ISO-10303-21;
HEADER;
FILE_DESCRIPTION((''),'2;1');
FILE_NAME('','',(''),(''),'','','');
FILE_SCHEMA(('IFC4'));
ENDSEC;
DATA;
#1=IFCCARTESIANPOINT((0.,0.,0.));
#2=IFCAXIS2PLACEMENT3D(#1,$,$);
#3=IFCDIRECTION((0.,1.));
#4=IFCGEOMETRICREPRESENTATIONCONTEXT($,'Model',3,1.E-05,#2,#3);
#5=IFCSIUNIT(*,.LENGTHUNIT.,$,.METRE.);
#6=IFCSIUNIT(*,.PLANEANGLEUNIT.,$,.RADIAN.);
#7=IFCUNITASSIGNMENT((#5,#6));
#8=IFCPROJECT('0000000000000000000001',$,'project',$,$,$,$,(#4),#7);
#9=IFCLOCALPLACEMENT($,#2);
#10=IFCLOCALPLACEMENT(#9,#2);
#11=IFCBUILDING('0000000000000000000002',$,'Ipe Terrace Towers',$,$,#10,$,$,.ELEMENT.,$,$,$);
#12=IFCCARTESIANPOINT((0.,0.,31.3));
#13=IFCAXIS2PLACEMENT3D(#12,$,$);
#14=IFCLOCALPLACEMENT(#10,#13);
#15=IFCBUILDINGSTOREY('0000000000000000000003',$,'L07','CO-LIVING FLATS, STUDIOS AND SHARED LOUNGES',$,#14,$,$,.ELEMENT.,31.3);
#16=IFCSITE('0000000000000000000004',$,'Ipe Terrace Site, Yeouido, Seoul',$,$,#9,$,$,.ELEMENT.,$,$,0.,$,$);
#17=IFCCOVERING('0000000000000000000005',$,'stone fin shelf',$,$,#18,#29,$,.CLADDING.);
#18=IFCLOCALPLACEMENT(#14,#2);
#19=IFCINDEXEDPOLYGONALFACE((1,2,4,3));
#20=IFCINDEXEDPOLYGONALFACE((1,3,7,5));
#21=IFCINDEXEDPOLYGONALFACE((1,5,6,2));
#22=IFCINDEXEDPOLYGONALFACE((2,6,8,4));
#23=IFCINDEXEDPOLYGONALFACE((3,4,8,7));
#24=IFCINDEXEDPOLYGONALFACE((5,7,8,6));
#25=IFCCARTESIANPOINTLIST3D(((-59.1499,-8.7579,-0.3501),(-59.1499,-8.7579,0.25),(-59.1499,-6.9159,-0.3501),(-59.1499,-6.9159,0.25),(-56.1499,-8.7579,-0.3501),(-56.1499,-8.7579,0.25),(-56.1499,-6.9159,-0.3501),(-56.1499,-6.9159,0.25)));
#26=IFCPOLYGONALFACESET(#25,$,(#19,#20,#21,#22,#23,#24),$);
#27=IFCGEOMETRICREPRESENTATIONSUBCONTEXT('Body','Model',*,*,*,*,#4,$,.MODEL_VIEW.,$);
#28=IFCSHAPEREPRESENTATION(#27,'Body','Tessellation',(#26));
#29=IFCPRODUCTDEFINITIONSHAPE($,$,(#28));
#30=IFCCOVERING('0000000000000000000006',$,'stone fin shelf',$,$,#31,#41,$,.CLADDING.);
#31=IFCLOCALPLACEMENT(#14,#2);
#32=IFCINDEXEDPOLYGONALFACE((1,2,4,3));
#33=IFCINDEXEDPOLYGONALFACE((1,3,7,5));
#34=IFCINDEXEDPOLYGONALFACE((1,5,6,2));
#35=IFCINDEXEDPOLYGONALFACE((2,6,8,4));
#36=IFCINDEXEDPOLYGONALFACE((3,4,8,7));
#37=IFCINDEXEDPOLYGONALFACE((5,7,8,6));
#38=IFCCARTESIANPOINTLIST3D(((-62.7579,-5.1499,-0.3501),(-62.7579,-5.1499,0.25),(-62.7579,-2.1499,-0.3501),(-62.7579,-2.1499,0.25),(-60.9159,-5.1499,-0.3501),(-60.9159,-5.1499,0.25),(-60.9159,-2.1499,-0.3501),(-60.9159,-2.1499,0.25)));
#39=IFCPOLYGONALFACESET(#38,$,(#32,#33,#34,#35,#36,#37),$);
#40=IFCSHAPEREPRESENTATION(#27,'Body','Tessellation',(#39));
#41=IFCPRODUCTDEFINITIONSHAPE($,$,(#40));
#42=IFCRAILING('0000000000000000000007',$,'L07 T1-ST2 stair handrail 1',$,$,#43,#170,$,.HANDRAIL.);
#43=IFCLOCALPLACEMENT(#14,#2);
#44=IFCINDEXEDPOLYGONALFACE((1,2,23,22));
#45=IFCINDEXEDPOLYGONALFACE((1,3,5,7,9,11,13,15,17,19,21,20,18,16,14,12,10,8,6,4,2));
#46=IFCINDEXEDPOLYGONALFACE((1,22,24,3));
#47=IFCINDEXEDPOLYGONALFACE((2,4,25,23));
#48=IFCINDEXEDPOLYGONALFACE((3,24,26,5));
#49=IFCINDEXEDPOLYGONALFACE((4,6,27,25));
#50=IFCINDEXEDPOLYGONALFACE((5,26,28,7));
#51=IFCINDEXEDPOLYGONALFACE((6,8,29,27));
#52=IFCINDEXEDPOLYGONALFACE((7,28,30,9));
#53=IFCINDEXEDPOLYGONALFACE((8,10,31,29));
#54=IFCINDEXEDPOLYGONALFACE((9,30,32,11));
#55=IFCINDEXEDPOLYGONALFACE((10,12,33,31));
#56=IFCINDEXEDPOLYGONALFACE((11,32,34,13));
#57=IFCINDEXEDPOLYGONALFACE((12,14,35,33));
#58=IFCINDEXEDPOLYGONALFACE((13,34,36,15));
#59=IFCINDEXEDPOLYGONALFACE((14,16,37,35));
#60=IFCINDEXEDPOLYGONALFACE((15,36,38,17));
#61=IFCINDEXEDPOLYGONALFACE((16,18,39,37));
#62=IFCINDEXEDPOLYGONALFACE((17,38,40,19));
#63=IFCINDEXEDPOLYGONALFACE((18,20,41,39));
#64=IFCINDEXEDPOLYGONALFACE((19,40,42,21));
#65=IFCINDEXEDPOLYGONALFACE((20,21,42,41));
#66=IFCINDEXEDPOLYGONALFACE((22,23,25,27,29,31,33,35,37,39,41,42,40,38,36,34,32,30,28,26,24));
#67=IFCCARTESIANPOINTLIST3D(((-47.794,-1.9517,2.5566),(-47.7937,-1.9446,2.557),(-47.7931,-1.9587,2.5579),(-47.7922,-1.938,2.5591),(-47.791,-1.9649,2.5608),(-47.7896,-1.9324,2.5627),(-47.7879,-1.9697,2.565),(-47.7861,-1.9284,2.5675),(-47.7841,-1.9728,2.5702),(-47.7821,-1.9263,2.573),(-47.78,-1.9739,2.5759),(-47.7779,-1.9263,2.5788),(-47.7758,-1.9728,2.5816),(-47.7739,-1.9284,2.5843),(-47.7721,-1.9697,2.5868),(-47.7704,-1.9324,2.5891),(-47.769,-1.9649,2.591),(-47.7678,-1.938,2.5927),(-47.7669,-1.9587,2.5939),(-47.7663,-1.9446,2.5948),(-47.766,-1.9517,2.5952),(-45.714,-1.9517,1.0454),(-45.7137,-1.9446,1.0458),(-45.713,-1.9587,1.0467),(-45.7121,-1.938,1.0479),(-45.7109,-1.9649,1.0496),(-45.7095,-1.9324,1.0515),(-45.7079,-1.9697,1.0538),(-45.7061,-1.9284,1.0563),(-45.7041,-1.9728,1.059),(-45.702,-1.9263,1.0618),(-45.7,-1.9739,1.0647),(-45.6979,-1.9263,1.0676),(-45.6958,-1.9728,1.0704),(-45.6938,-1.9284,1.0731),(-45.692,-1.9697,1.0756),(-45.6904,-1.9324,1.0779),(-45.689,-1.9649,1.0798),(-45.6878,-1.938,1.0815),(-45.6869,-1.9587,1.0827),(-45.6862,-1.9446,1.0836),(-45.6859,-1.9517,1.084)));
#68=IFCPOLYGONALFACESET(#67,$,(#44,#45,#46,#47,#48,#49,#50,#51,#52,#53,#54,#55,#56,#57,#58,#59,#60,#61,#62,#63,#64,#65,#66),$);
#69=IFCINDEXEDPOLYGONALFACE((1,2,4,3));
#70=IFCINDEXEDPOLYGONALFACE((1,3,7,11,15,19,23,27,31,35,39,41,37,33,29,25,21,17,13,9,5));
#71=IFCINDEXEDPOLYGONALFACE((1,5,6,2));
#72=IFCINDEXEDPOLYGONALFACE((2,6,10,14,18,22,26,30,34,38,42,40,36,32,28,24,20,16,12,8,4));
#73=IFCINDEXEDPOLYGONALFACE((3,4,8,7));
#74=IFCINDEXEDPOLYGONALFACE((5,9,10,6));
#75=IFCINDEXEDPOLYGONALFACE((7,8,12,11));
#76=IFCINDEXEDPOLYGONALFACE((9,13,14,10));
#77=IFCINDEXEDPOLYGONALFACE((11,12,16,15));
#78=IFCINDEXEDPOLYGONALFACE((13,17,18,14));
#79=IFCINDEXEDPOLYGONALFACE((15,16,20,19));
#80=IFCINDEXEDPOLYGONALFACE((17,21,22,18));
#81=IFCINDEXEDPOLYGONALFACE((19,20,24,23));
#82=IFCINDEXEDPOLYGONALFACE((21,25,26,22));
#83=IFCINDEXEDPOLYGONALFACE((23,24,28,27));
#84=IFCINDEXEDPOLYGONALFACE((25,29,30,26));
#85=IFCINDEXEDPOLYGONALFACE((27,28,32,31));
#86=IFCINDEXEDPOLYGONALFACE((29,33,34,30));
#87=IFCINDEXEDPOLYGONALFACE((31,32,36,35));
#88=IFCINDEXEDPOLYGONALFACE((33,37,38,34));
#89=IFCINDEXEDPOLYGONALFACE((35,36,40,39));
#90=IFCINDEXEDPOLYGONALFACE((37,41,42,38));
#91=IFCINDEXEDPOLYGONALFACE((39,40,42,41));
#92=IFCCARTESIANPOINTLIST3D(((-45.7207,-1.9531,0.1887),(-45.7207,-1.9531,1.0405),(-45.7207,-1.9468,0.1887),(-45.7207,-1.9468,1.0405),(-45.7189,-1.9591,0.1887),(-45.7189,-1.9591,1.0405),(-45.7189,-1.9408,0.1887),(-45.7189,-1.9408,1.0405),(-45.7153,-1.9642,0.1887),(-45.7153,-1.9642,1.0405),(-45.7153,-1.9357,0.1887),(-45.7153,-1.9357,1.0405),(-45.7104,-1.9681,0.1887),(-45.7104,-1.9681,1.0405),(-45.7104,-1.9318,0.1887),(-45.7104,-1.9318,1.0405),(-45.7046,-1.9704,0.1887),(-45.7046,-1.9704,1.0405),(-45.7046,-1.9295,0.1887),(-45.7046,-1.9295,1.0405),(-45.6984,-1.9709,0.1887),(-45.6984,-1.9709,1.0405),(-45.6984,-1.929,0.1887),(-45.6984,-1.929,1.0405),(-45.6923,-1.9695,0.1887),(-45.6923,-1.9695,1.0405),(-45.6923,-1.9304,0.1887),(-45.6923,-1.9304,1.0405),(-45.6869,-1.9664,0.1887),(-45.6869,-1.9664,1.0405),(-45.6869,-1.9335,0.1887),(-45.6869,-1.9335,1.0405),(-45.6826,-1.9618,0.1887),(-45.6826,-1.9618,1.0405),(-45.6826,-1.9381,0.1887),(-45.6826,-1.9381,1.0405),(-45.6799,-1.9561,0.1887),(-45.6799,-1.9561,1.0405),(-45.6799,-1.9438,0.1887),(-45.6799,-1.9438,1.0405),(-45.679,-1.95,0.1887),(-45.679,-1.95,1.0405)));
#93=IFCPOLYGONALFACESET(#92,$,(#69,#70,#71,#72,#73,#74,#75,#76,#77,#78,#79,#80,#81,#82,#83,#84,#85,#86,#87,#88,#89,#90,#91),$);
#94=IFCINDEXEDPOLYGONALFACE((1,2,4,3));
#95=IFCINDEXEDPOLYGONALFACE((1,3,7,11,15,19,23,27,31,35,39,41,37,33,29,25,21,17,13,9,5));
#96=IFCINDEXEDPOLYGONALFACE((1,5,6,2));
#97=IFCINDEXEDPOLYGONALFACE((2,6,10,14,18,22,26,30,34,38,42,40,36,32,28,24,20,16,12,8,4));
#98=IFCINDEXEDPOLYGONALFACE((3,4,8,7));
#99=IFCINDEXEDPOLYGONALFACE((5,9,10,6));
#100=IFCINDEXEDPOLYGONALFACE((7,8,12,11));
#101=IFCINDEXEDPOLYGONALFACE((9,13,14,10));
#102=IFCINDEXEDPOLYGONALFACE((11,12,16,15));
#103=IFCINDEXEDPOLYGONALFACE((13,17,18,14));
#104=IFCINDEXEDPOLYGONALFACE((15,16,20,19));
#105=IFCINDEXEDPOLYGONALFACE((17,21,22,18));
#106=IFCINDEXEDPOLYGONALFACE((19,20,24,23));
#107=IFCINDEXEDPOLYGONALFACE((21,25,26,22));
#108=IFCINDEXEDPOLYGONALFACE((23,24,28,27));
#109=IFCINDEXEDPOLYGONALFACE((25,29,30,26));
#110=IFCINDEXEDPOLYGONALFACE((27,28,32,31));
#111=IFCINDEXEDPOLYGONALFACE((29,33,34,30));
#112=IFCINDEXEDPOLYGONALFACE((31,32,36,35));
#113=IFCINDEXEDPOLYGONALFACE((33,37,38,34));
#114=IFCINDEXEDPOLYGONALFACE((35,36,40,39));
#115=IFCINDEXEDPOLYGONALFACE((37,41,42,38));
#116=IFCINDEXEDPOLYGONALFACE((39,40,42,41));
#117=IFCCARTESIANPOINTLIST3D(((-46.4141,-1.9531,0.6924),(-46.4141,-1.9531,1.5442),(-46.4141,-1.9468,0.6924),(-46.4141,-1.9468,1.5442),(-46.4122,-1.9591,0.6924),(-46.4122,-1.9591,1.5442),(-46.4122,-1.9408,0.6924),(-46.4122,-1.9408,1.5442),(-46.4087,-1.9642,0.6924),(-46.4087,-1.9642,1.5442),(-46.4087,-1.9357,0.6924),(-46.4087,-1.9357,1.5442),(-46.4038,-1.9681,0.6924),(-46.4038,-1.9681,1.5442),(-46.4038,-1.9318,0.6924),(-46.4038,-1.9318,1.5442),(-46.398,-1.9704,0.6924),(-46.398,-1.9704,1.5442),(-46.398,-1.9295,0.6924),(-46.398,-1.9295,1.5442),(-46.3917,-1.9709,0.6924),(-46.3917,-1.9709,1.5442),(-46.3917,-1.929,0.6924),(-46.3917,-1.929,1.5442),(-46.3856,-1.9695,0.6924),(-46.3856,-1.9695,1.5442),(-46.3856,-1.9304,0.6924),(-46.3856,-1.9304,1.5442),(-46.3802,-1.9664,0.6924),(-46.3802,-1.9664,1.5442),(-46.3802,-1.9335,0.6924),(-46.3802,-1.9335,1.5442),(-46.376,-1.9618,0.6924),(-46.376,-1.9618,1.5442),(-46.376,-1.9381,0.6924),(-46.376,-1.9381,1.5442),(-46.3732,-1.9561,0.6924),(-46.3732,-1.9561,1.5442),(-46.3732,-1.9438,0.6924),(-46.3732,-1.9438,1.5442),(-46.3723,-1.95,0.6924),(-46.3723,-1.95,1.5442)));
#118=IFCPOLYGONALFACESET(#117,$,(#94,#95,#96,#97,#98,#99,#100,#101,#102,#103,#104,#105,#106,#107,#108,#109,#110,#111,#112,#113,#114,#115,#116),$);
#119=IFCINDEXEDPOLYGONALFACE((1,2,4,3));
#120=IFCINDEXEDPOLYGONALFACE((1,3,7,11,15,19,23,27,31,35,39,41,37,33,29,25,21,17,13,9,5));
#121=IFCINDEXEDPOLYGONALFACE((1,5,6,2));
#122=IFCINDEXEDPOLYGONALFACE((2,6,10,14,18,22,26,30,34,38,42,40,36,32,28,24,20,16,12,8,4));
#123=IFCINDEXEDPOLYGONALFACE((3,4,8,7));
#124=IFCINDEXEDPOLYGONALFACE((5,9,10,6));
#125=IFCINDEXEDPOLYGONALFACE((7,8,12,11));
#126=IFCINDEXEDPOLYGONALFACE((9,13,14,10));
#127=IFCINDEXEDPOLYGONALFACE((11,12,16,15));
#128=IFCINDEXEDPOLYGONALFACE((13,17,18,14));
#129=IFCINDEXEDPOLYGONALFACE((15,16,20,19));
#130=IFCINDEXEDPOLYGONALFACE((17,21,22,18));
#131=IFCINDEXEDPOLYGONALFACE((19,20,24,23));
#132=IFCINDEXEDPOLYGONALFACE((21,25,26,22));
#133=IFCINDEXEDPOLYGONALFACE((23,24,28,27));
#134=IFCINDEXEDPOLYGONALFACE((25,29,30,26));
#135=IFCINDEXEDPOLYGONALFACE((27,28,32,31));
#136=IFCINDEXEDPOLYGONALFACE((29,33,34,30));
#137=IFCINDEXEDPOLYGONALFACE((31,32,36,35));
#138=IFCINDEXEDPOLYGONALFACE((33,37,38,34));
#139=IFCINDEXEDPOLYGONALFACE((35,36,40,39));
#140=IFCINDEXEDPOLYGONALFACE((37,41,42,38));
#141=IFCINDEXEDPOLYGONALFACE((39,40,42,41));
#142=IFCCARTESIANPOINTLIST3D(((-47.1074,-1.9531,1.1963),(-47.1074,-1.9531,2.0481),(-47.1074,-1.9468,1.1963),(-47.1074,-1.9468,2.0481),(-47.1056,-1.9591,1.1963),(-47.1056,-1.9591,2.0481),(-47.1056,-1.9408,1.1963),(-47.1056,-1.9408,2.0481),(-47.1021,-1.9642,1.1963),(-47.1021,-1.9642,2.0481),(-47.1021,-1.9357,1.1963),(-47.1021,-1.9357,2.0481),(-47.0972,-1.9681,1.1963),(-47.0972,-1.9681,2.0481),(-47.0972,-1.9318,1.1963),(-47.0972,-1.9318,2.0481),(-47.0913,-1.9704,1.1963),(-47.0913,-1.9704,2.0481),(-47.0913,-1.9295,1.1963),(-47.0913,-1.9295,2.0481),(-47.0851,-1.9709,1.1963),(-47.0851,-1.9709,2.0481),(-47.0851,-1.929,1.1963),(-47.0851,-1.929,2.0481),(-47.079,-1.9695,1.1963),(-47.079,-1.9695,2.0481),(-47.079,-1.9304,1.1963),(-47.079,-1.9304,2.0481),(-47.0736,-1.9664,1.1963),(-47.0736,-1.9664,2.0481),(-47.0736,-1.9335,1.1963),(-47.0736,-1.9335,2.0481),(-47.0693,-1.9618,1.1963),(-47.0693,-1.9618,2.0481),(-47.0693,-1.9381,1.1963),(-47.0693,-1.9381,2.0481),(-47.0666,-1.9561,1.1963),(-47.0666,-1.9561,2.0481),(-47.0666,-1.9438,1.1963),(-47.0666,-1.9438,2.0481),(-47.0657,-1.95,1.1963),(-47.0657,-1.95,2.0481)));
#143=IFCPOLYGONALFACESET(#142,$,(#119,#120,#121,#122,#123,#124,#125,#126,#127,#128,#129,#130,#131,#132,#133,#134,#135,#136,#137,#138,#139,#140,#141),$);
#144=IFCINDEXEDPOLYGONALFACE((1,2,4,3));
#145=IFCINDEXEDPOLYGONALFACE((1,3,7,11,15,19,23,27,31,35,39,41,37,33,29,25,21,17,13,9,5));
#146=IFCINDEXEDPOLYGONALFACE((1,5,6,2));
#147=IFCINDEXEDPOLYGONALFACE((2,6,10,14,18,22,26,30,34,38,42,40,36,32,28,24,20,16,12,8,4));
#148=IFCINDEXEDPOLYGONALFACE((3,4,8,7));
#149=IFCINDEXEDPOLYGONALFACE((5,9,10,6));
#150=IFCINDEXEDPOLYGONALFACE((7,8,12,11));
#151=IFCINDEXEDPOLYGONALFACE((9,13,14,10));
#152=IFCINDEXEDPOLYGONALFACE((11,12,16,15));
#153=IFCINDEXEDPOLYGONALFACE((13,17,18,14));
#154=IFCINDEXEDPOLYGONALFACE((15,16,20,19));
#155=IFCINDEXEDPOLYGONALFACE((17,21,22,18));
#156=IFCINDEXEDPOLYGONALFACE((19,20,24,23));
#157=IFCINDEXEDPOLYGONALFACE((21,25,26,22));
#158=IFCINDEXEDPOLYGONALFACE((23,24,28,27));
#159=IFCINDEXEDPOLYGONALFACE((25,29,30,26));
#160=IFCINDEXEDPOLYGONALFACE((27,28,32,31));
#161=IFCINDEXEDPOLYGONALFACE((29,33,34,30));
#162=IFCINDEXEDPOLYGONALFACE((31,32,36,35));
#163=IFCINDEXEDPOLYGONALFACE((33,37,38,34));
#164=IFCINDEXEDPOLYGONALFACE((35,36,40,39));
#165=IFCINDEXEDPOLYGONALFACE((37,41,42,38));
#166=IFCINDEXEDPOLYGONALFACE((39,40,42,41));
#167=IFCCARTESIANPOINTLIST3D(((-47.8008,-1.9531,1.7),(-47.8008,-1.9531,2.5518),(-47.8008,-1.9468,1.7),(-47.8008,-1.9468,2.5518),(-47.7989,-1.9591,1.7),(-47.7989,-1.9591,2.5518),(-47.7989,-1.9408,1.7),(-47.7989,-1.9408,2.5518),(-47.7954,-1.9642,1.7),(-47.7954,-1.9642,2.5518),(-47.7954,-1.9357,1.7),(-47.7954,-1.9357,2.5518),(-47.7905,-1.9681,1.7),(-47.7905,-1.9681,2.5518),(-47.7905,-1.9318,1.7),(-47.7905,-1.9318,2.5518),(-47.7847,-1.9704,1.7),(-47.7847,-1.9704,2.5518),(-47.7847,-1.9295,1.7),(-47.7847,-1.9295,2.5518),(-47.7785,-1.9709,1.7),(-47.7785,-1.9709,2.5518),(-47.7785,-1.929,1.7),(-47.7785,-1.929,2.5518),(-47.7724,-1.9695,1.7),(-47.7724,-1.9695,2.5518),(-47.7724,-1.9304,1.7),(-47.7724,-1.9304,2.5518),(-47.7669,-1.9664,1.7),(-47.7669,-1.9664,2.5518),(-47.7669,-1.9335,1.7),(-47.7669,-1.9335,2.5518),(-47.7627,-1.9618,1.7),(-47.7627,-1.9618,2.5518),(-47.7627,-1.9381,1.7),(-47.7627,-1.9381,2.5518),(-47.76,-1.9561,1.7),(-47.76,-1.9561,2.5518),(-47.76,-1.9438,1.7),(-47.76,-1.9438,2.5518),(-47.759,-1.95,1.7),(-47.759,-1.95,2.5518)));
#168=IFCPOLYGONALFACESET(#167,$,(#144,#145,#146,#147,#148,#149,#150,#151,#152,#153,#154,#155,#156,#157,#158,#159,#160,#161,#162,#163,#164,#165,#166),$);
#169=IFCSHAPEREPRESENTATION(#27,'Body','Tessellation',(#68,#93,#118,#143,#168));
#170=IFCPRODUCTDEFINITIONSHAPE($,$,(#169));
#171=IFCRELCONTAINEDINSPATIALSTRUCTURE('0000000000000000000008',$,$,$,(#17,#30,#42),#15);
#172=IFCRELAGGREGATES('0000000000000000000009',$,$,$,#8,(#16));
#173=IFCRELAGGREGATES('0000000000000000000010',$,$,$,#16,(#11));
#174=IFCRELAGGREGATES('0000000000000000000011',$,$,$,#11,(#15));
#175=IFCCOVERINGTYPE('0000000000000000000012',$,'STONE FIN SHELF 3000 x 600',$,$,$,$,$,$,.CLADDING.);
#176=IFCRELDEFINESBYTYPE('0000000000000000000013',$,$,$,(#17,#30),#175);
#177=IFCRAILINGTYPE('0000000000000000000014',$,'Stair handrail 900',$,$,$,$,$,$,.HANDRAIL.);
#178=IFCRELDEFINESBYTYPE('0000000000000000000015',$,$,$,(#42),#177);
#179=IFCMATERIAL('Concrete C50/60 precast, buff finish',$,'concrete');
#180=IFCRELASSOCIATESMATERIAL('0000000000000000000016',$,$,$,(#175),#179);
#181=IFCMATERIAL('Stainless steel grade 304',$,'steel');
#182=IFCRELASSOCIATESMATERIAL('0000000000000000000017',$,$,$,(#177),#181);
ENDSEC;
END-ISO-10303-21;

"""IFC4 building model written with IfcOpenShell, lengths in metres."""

from ifc_helpers import new_model, si_unit, direction, frame, origin, origin_2d, place, context, subcontext, project, spatial, rectangle, circle, extrude, material, type_object, element, save


model = new_model("IFC4")

# Units and contexts
model_context = context("Model", 3, precision=1e-05, world=origin(), true_north=direction((0.0, 1.0)))
body_context = subcontext(model_context, "Body", "Model", "MODEL_VIEW")
ifc_project = project(units=[si_unit("LENGTHUNIT", "METRE"), si_unit("PLANEANGLEUNIT", "RADIAN")], contexts=[model_context])

# Site, building, storey
site_placement = place(None, origin())
site = spatial("IfcSite", under=ifc_project, at=site_placement, Name="Ipe Terrace Site, Yeouido, Seoul", CompositionType="ELEMENT", RefElevation=0.0)
building_placement = place(site_placement, origin())
building = spatial("IfcBuilding", under=site, at=building_placement, Name="Ipe Terrace Towers", CompositionType="ELEMENT")
storey_placement = place(building_placement, frame((0.0, 0.0, 31.3)))
storey = spatial("IfcBuildingStorey", under=building, at=storey_placement, Name="L07", Description="CO-LIVING FLATS, STUDIOS AND SHARED LOUNGES", CompositionType="ELEMENT", Elevation=31.3)

# Coverings
ifc_material_1 = material(Name="Concrete C50/60 precast, buff finish", Category="concrete")
covering_type_1 = type_object("IfcCoveringType", Name="STONE FIN SHELF 3000 x 600", PredefinedType="CLADDING", material=ifc_material_1)
for number, where, z_axis, x_axis, name in (
    (1, (-57.6499, -7.8369, -0.3501), (0.0, 0.0, 1.0), (1.0, 0.0, 0.0), "stone fin shelf"),
    (2, (-61.8369, -3.6499, -0.3501), (0.0, 0.0, 1.0), (0.0, -1.0, 0.0), "stone fin shelf"),
):
    element("IfcCovering", number, at=place(storey_placement, frame(where, z_axis=z_axis, x_axis=x_axis)), inside=storey, type_object=covering_type_1, Name=name, PredefinedType="CLADDING", context=body_context, shape_type="SweptSolid", body=[
        extrude(rectangle(XDim=3.0, YDim=1.842, at=origin_2d()), origin(), (0.0, 0.0, 1.0), 0.6001),
    ])

# Railing
ifc_material_2 = material(Name="Stainless steel grade 304", Category="steel")
railing_type_1 = type_object("IfcRailingType", Name="Stair handrail 900", PredefinedType="HANDRAIL", material=ifc_material_2)
railing_1_placement = place(storey_placement, frame((-45.7, -1.95, 0.1887)))
element("IfcRailing", 3, at=railing_1_placement, inside=storey, type_object=railing_type_1, Name="L07 T1-ST2 stair handrail 1", PredefinedType="HANDRAIL", context=body_context, shape_type="SweptSolid", body=[
    extrude(circle(Radius=0.0239, at=origin_2d()), frame((0.0, 0.0, 0.876), z_axis=(-0.809023, 0.0, 0.587776), x_axis=(0.0, -1.0, 0.0)), (0.0, 0.0, 1.0), 2.571),
    extrude(circle(Radius=0.021, at=origin_2d()), origin(), (0.0, 0.0, 1.0), 0.8518),
    extrude(circle(Radius=0.021, at=origin_2d()), frame((-0.6934, 0.0, 0.5037)), (0.0, 0.0, 1.0), 0.8518),
    extrude(circle(Radius=0.021, at=origin_2d()), frame((-1.3867, 0.0, 1.0076)), (0.0, 0.0, 1.0), 0.8518),
    extrude(circle(Radius=0.021, at=origin_2d()), frame((-2.0801, 0.0, 1.5112)), (0.0, 0.0, 1.0), 0.8518),
])

save(model, "model.ifc")
